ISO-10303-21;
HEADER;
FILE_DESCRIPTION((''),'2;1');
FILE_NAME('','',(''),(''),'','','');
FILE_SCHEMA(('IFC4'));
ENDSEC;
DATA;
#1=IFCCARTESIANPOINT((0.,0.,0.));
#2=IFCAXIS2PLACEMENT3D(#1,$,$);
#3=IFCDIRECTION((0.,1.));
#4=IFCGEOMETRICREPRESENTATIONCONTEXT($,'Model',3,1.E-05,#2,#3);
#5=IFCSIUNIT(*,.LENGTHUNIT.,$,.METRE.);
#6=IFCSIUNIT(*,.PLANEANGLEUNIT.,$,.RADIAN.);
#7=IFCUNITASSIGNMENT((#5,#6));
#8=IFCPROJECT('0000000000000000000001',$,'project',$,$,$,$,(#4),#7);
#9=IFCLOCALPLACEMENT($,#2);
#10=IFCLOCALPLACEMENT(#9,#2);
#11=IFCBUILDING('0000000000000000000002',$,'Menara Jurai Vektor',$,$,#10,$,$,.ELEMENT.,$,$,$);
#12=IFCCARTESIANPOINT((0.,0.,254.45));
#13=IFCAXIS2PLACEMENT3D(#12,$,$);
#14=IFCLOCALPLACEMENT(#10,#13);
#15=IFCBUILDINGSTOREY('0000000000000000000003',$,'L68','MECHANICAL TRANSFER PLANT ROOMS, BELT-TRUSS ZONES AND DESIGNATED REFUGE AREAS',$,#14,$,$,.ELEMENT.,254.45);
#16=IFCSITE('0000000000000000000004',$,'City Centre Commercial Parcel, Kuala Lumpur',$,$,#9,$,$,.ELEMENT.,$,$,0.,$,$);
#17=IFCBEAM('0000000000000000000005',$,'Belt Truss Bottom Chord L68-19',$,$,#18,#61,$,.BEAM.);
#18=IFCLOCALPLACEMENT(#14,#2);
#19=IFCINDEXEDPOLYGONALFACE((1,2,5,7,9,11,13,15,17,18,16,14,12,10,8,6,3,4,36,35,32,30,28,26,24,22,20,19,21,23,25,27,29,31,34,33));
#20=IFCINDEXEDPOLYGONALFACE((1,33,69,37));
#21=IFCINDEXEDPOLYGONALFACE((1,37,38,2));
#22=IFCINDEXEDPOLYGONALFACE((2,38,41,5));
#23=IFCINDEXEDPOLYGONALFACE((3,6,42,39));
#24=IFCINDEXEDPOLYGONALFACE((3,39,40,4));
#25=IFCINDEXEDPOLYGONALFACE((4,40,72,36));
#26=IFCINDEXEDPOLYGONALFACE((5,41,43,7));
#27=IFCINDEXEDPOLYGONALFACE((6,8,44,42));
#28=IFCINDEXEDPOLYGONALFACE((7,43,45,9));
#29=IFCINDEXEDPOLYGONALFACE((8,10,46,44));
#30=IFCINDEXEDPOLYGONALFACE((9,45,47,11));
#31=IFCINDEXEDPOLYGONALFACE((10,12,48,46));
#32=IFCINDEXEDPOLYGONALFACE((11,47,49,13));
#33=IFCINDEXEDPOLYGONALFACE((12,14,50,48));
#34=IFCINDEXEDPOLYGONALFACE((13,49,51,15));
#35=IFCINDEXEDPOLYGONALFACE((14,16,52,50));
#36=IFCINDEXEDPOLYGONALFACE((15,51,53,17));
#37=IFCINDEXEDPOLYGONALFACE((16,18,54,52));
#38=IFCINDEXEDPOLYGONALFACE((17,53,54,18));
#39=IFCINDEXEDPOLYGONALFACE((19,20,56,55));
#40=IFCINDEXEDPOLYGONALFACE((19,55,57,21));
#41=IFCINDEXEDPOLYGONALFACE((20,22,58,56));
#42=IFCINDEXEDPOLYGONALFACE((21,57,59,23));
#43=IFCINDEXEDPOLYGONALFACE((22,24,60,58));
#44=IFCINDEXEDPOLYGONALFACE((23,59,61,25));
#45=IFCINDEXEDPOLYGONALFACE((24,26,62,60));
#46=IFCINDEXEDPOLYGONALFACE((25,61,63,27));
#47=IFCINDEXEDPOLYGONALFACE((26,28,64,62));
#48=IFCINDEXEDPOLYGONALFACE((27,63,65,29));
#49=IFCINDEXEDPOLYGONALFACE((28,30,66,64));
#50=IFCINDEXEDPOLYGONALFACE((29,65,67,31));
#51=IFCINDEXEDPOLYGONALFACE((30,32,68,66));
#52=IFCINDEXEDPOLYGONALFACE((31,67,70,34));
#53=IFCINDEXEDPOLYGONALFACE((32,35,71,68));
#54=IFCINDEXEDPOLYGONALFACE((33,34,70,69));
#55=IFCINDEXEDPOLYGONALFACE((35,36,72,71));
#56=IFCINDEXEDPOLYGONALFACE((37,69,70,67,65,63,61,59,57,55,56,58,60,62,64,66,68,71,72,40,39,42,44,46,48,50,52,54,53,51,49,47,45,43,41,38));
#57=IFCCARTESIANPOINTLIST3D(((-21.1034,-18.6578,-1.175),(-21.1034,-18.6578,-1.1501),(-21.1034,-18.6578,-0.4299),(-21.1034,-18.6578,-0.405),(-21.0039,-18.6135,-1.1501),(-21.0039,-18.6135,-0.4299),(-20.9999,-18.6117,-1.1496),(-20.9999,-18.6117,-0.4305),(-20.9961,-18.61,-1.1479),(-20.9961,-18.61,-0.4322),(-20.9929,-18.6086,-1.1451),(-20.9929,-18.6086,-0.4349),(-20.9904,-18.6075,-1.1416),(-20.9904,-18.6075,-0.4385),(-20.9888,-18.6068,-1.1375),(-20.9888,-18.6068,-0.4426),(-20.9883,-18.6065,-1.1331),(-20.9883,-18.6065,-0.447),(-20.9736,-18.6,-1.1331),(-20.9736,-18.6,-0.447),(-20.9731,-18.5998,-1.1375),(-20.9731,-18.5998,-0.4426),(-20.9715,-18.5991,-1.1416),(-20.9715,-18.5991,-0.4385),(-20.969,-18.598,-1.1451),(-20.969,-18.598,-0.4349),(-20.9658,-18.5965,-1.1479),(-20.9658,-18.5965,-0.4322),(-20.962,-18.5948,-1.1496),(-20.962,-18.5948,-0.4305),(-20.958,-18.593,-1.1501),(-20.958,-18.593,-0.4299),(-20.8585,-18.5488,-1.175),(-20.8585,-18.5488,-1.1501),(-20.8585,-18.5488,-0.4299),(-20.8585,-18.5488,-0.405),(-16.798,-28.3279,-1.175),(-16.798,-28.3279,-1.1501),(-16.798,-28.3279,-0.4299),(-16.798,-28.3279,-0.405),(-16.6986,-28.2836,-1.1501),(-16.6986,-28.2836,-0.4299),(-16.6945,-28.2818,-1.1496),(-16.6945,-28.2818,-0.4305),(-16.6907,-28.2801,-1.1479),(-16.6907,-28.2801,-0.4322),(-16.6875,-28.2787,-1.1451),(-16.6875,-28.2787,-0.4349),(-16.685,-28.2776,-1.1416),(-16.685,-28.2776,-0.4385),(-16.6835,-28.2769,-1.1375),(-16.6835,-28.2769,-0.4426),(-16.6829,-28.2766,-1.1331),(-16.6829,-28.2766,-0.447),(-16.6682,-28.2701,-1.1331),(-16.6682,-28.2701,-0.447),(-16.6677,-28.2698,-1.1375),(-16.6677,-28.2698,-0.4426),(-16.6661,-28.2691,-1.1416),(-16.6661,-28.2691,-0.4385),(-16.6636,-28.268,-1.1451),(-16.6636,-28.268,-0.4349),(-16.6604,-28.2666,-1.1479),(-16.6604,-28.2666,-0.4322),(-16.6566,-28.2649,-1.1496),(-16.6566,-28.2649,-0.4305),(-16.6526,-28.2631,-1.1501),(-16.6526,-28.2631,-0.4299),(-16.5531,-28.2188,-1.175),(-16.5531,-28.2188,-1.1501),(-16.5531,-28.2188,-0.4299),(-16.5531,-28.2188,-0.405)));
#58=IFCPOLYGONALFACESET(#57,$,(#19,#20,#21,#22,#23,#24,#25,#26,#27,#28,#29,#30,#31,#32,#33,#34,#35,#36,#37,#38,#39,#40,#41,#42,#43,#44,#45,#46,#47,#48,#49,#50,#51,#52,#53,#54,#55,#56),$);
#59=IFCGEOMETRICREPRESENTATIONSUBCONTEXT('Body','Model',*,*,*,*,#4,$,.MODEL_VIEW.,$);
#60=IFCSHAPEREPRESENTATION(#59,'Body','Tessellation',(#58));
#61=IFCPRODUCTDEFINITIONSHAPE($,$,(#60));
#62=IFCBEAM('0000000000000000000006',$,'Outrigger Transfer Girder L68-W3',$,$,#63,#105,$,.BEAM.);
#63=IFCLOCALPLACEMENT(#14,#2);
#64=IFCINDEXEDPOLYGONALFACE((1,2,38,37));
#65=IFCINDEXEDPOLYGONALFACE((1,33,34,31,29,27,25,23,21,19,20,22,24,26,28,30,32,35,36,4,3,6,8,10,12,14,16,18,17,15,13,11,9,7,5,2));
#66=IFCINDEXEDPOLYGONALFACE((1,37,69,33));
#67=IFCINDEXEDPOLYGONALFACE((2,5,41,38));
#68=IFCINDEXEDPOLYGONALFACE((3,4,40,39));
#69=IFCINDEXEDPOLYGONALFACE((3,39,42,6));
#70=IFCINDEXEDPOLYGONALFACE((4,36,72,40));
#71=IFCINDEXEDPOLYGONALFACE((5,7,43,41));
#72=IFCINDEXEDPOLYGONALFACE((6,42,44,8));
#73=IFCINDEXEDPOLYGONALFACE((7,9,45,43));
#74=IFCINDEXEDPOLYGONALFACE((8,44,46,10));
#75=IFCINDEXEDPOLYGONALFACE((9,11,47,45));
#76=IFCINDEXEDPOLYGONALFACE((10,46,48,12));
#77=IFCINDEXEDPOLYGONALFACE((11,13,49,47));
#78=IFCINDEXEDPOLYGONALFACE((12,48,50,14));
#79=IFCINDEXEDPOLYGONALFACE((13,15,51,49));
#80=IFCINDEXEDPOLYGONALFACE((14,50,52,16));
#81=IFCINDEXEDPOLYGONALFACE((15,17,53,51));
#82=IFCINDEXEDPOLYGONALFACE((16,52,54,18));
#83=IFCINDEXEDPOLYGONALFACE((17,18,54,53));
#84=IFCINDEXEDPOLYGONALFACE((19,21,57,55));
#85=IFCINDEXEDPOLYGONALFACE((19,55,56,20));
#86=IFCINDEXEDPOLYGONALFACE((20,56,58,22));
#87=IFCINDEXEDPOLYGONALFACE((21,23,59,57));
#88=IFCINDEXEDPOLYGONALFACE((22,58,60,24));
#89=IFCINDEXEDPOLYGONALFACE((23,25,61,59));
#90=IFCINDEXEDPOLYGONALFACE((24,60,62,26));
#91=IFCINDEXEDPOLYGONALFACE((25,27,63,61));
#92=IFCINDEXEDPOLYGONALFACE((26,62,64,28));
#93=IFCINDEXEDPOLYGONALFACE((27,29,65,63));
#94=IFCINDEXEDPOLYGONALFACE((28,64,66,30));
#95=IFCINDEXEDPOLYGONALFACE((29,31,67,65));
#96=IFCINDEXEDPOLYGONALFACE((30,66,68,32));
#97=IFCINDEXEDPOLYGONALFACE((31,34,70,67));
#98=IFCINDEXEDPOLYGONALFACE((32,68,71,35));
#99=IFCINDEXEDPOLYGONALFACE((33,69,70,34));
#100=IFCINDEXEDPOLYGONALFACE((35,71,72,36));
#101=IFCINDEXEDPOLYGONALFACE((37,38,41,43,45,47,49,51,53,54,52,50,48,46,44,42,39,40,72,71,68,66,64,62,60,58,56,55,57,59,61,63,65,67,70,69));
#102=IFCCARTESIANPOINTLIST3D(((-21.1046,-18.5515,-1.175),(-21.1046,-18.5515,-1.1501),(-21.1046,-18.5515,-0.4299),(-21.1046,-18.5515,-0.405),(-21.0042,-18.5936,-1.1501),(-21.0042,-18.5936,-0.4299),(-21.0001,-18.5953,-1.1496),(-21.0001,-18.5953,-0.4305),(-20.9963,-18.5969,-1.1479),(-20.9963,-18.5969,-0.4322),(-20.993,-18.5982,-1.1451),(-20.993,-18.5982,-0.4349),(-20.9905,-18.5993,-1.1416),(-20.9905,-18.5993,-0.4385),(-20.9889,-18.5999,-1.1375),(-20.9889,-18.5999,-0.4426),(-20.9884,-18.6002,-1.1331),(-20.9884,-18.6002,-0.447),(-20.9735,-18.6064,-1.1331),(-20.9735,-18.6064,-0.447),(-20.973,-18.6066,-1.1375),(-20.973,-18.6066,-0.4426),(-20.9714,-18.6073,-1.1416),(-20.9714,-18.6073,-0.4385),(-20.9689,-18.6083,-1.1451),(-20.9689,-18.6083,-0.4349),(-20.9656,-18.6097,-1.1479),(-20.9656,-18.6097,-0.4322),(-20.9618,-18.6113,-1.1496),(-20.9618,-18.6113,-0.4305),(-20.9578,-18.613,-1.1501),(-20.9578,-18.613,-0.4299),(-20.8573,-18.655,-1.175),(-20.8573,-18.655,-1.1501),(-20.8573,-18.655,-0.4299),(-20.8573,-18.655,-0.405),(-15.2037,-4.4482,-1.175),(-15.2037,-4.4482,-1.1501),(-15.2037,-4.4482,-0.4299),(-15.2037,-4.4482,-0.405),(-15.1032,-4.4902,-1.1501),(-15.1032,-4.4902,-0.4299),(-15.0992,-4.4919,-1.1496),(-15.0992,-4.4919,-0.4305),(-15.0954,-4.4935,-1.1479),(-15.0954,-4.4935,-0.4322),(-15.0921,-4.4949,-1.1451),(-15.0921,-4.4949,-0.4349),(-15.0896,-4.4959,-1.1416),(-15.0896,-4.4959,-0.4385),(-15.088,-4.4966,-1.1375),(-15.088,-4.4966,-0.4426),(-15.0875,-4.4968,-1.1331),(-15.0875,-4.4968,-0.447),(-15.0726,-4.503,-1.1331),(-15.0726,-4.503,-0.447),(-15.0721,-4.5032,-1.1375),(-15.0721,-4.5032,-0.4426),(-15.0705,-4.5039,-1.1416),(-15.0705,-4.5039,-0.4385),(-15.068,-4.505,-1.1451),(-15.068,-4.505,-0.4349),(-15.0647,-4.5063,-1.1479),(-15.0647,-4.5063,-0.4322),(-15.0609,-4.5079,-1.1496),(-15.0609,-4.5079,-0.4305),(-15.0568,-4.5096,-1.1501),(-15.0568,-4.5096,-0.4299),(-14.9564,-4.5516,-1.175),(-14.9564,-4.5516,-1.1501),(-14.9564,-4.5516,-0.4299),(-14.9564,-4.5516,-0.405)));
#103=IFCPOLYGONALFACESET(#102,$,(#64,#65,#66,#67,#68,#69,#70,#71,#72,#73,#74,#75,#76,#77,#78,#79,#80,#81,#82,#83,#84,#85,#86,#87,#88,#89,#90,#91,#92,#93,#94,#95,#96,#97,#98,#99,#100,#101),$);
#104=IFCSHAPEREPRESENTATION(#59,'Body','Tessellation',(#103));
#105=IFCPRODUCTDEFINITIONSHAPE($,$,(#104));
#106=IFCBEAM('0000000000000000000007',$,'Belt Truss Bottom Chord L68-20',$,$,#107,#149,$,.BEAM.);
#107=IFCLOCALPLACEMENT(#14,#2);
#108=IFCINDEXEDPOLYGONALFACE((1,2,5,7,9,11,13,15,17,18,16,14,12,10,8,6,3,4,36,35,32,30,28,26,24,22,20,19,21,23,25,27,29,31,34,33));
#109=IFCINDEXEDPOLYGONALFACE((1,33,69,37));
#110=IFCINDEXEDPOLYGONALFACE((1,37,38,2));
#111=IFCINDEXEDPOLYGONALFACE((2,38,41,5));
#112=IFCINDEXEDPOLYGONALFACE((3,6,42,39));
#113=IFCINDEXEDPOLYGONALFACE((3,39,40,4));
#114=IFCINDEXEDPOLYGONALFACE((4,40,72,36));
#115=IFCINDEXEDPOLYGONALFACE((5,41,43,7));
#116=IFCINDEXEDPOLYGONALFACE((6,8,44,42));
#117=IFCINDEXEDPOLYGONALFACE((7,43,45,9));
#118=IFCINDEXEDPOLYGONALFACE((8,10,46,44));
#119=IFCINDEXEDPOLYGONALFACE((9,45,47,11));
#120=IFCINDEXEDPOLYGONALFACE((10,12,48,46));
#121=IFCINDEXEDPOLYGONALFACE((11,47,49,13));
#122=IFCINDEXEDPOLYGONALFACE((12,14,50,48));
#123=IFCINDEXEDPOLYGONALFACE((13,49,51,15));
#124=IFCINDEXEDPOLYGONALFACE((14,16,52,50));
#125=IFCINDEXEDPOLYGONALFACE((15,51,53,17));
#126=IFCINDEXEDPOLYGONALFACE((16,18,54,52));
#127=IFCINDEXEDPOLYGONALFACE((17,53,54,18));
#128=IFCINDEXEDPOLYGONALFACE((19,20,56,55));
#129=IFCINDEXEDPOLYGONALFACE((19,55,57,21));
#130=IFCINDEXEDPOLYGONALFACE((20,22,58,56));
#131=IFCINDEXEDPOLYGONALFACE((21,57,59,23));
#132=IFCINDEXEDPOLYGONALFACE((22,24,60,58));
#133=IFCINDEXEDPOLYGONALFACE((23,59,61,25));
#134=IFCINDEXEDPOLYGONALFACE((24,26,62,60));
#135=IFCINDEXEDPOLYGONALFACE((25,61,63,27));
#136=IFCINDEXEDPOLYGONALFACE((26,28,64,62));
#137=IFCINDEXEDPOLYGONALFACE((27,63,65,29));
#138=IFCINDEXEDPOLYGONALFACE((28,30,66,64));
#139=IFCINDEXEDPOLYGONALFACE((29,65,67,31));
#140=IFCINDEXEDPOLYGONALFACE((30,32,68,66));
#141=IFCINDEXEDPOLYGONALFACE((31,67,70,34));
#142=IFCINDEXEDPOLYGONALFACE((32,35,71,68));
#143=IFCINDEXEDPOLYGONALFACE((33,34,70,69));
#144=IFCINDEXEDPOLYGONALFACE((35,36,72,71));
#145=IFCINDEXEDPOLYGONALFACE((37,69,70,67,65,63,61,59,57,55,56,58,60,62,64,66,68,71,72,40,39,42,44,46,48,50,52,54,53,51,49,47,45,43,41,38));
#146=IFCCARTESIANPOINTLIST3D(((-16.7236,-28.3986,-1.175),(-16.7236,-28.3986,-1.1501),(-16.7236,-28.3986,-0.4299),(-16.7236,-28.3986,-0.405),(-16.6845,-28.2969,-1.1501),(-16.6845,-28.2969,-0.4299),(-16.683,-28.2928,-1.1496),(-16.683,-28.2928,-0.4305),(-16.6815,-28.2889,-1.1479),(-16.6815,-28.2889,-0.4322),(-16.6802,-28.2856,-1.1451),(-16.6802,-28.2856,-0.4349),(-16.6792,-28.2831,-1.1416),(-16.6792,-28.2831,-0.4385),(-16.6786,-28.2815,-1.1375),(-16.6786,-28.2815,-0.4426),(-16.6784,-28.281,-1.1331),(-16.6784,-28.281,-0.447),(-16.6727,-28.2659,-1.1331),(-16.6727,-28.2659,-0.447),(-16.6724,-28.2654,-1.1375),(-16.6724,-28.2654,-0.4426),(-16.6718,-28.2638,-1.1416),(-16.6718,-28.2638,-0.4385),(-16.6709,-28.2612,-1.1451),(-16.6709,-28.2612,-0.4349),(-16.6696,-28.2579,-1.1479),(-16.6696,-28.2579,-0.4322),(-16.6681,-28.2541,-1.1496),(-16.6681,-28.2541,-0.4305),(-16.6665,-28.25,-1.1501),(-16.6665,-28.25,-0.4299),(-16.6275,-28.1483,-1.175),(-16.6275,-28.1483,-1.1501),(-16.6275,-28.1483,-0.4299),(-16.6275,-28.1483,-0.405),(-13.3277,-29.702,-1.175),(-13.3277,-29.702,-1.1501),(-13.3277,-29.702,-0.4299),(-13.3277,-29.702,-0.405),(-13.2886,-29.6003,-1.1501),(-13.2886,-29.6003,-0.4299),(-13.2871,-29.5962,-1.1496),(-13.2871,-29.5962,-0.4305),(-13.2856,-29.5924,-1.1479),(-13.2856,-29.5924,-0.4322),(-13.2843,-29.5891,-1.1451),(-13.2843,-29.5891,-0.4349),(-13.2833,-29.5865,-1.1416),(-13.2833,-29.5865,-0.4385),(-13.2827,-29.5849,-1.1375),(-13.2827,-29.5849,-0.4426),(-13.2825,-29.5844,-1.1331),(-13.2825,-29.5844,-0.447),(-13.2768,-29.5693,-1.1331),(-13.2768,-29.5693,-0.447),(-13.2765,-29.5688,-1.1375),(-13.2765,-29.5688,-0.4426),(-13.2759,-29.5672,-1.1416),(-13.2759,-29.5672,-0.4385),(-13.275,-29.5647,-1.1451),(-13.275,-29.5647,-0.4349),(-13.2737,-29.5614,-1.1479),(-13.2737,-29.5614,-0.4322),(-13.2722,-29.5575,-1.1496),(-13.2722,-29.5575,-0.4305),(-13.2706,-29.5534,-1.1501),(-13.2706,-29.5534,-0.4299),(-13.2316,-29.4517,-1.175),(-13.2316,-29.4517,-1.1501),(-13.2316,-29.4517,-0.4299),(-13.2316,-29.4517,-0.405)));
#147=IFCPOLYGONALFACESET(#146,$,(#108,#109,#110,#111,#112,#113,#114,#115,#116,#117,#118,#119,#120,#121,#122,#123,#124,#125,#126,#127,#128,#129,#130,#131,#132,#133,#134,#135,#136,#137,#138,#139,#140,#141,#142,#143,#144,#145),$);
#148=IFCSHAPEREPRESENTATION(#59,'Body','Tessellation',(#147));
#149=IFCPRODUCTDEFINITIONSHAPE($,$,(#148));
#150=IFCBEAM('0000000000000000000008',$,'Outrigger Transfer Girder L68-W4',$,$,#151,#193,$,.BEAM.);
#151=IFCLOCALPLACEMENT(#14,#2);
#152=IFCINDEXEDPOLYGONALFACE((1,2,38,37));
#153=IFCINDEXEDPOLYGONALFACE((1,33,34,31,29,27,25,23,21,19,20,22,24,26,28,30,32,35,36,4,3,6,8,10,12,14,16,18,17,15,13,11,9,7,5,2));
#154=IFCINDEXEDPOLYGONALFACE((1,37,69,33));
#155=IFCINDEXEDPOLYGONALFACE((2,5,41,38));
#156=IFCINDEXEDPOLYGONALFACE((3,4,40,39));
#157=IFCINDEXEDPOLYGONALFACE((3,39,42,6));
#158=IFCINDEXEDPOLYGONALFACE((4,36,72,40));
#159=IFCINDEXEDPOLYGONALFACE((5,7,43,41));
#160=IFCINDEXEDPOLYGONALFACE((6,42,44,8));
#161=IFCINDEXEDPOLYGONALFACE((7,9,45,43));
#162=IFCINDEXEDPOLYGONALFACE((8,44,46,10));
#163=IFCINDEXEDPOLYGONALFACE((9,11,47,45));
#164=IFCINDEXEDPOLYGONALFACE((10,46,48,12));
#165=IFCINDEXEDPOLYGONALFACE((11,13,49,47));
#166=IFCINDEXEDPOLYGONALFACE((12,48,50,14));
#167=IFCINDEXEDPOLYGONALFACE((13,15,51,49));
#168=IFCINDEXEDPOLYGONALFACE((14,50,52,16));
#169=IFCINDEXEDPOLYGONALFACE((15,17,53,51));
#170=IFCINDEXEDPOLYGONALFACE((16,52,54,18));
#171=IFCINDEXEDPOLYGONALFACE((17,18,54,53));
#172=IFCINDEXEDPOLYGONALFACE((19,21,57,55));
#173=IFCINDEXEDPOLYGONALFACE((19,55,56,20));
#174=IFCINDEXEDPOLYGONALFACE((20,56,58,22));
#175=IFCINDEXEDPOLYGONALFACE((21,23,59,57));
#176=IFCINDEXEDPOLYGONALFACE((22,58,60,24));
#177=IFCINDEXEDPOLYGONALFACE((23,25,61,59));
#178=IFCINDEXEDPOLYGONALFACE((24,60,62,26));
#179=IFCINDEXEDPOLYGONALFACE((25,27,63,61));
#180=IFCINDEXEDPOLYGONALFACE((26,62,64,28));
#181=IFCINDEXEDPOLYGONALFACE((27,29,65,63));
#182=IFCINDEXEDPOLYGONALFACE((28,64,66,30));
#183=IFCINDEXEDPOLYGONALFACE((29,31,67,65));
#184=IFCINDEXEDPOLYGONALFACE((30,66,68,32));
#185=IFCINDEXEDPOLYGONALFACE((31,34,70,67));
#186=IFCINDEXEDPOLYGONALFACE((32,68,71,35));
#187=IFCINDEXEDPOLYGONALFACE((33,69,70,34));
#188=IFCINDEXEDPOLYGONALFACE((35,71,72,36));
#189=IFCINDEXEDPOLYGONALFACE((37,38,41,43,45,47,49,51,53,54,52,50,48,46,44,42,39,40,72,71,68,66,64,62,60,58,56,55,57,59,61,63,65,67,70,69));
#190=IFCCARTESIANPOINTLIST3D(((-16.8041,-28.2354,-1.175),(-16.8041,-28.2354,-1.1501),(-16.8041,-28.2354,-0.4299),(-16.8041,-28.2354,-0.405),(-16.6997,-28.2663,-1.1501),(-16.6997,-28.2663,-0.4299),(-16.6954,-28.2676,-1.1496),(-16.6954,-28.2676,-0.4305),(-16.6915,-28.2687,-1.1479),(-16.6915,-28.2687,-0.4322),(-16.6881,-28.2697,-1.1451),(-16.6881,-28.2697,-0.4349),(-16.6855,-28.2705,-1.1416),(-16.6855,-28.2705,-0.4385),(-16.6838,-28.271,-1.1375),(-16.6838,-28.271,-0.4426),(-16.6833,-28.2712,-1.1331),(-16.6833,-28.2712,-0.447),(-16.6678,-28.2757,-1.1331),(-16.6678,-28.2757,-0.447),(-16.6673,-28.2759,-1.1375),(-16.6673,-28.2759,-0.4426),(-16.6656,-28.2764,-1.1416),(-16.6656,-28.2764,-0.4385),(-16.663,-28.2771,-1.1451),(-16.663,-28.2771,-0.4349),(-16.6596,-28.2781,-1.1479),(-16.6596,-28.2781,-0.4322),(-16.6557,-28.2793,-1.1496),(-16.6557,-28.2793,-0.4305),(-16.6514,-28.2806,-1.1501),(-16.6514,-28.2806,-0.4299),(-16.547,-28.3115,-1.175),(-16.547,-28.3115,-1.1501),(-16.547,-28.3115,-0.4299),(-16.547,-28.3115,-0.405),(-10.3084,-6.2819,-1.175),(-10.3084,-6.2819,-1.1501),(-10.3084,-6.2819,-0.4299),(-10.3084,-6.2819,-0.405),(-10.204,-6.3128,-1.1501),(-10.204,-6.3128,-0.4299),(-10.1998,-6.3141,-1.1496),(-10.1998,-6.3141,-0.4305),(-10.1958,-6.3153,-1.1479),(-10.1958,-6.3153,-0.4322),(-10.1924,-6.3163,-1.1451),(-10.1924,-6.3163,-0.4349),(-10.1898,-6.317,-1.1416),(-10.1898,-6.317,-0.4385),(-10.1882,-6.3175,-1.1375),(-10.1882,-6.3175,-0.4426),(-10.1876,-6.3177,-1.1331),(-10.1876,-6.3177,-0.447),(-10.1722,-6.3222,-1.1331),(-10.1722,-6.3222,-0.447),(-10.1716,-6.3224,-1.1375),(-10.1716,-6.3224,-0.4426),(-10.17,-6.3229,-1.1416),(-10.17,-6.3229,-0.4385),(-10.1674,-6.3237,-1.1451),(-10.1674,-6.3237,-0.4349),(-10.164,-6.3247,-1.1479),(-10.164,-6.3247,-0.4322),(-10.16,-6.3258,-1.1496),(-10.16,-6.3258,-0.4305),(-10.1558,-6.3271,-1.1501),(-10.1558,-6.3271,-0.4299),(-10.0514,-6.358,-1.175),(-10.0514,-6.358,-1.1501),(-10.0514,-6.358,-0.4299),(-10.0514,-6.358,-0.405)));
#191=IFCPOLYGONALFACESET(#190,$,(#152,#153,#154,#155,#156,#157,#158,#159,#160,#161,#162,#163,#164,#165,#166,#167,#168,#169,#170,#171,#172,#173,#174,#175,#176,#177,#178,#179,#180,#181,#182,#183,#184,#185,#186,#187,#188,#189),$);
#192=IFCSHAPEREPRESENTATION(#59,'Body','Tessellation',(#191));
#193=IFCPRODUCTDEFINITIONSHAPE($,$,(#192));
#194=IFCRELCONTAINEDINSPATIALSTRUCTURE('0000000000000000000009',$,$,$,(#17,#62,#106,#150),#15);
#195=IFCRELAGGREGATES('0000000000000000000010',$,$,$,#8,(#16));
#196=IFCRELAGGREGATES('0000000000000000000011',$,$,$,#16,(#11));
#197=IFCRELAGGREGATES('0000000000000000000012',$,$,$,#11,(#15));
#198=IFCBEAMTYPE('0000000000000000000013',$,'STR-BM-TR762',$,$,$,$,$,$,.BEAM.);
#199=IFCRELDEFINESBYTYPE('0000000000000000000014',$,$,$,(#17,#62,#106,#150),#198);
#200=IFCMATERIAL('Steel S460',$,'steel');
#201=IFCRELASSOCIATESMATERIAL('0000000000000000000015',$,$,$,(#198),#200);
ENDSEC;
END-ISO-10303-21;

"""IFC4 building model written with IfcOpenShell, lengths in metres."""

from ifc_helpers import new_model, si_unit, direction, frame, origin, origin_2d, place, context, subcontext, project, spatial, i_section, extrude, material, material_profile, profile_set, type_object, element, save


model = new_model("IFC4")

# Units and contexts
model_context = context("Model", 3, precision=1e-05, world=origin(), true_north=direction((0.0, 1.0)))
body_context = subcontext(model_context, "Body", "Model", "MODEL_VIEW")
ifc_project = project(units=[si_unit("LENGTHUNIT", "METRE"), si_unit("PLANEANGLEUNIT", "RADIAN")], contexts=[model_context])

# Site, building, storey
site_placement = place(None, origin())
site = spatial("IfcSite", under=ifc_project, at=site_placement, Name="City Centre Commercial Parcel, Kuala Lumpur", CompositionType="ELEMENT", RefElevation=0.0)
building_placement = place(site_placement, origin())
building = spatial("IfcBuilding", under=site, at=building_placement, Name="Menara Jurai Vektor", CompositionType="ELEMENT")
storey_placement = place(building_placement, frame((0.0, 0.0, 254.45)))
storey = spatial("IfcBuildingStorey", under=building, at=storey_placement, Name="L68", Description="MECHANICAL TRANSFER PLANT ROOMS, BELT-TRUSS ZONES AND DESIGNATED REFUGE AREAS", CompositionType="ELEMENT", Elevation=254.45)

# Shared definitions
ifc_material_1 = material(Name="Steel S460", Category="steel")

# Beams
ifc_material_profile_1 = material_profile(ifc_material_1, i_section(OverallWidth=0.2681, OverallDepth=0.77, WebThickness=0.0161, FlangeThickness=0.0249, FilletRadius=0.0171, at=origin_2d()), Name="UKB 762x267x197")
ifc_profile_set_1 = profile_set([ifc_material_profile_1], Name="Steel S460")
beam_type_1 = type_object("IfcBeamType", Name="STR-BM-TR762", PredefinedType="BEAM", material=ifc_profile_set_1)
beam_1_placement = place(storey_placement, frame((-20.981, -18.6033, -0.79), z_axis=(0.406735, -0.913546, 0.0), x_axis=(0.913546, 0.406735, 0.0)))
element("IfcBeam", 1, at=beam_1_placement, inside=storey, type_object=beam_type_1, Name="Belt Truss Bottom Chord L68-19", PredefinedType="BEAM", context=body_context, shape_type="SweptSolid", body=[
    extrude(i_section(OverallWidth=0.2681, OverallDepth=0.77, WebThickness=0.0161, FlangeThickness=0.0249, FilletRadius=0.0171, at=origin_2d()), origin(), (0.0, 0.0, 1.0), 10.5852),
])
beam_2_placement = place(storey_placement, frame((-20.981, -18.6033, -0.79), z_axis=(0.385981, 0.922507, 0.0), x_axis=(-0.922507, 0.385981, 0.0)))
element("IfcBeam", 2, at=beam_2_placement, inside=storey, type_object=beam_type_1, Name="Outrigger Transfer Girder L68-W3", PredefinedType="BEAM", context=body_context, shape_type="SweptSolid", body=[
    extrude(i_section(OverallWidth=0.2681, OverallDepth=0.77, WebThickness=0.0161, FlangeThickness=0.0249, FilletRadius=0.0171, at=origin_2d()), origin(), (0.0, 0.0, 1.0), 15.2881),
])
beam_3_placement = place(storey_placement, frame((-16.6755, -28.2734, -0.79), z_axis=(0.933593, -0.358336, 0.0), x_axis=(0.358336, 0.933593, 0.0)))
element("IfcBeam", 3, at=beam_3_placement, inside=storey, type_object=beam_type_1, Name="Belt Truss Bottom Chord L68-20", PredefinedType="BEAM", context=body_context, shape_type="SweptSolid", body=[
    extrude(i_section(OverallWidth=0.2681, OverallDepth=0.77, WebThickness=0.0161, FlangeThickness=0.0249, FilletRadius=0.0171, at=origin_2d()), origin(), (0.0, 0.0, 1.0), 3.6375),
])
beam_4_placement = place(storey_placement, frame((-16.6755, -28.2734, -0.79), z_axis=(0.283723, 0.958906, 0.0), x_axis=(-0.958906, 0.283723, 0.0)))
element("IfcBeam", 4, at=beam_4_placement, inside=storey, type_object=beam_type_1, Name="Outrigger Transfer Girder L68-W4", PredefinedType="BEAM", context=body_context, shape_type="SweptSolid", body=[
    extrude(i_section(OverallWidth=0.2681, OverallDepth=0.77, WebThickness=0.0161, FlangeThickness=0.0249, FilletRadius=0.0171, at=origin_2d()), origin(), (0.0, 0.0, 1.0), 22.8943),
])

save(model, "model.ifc")
